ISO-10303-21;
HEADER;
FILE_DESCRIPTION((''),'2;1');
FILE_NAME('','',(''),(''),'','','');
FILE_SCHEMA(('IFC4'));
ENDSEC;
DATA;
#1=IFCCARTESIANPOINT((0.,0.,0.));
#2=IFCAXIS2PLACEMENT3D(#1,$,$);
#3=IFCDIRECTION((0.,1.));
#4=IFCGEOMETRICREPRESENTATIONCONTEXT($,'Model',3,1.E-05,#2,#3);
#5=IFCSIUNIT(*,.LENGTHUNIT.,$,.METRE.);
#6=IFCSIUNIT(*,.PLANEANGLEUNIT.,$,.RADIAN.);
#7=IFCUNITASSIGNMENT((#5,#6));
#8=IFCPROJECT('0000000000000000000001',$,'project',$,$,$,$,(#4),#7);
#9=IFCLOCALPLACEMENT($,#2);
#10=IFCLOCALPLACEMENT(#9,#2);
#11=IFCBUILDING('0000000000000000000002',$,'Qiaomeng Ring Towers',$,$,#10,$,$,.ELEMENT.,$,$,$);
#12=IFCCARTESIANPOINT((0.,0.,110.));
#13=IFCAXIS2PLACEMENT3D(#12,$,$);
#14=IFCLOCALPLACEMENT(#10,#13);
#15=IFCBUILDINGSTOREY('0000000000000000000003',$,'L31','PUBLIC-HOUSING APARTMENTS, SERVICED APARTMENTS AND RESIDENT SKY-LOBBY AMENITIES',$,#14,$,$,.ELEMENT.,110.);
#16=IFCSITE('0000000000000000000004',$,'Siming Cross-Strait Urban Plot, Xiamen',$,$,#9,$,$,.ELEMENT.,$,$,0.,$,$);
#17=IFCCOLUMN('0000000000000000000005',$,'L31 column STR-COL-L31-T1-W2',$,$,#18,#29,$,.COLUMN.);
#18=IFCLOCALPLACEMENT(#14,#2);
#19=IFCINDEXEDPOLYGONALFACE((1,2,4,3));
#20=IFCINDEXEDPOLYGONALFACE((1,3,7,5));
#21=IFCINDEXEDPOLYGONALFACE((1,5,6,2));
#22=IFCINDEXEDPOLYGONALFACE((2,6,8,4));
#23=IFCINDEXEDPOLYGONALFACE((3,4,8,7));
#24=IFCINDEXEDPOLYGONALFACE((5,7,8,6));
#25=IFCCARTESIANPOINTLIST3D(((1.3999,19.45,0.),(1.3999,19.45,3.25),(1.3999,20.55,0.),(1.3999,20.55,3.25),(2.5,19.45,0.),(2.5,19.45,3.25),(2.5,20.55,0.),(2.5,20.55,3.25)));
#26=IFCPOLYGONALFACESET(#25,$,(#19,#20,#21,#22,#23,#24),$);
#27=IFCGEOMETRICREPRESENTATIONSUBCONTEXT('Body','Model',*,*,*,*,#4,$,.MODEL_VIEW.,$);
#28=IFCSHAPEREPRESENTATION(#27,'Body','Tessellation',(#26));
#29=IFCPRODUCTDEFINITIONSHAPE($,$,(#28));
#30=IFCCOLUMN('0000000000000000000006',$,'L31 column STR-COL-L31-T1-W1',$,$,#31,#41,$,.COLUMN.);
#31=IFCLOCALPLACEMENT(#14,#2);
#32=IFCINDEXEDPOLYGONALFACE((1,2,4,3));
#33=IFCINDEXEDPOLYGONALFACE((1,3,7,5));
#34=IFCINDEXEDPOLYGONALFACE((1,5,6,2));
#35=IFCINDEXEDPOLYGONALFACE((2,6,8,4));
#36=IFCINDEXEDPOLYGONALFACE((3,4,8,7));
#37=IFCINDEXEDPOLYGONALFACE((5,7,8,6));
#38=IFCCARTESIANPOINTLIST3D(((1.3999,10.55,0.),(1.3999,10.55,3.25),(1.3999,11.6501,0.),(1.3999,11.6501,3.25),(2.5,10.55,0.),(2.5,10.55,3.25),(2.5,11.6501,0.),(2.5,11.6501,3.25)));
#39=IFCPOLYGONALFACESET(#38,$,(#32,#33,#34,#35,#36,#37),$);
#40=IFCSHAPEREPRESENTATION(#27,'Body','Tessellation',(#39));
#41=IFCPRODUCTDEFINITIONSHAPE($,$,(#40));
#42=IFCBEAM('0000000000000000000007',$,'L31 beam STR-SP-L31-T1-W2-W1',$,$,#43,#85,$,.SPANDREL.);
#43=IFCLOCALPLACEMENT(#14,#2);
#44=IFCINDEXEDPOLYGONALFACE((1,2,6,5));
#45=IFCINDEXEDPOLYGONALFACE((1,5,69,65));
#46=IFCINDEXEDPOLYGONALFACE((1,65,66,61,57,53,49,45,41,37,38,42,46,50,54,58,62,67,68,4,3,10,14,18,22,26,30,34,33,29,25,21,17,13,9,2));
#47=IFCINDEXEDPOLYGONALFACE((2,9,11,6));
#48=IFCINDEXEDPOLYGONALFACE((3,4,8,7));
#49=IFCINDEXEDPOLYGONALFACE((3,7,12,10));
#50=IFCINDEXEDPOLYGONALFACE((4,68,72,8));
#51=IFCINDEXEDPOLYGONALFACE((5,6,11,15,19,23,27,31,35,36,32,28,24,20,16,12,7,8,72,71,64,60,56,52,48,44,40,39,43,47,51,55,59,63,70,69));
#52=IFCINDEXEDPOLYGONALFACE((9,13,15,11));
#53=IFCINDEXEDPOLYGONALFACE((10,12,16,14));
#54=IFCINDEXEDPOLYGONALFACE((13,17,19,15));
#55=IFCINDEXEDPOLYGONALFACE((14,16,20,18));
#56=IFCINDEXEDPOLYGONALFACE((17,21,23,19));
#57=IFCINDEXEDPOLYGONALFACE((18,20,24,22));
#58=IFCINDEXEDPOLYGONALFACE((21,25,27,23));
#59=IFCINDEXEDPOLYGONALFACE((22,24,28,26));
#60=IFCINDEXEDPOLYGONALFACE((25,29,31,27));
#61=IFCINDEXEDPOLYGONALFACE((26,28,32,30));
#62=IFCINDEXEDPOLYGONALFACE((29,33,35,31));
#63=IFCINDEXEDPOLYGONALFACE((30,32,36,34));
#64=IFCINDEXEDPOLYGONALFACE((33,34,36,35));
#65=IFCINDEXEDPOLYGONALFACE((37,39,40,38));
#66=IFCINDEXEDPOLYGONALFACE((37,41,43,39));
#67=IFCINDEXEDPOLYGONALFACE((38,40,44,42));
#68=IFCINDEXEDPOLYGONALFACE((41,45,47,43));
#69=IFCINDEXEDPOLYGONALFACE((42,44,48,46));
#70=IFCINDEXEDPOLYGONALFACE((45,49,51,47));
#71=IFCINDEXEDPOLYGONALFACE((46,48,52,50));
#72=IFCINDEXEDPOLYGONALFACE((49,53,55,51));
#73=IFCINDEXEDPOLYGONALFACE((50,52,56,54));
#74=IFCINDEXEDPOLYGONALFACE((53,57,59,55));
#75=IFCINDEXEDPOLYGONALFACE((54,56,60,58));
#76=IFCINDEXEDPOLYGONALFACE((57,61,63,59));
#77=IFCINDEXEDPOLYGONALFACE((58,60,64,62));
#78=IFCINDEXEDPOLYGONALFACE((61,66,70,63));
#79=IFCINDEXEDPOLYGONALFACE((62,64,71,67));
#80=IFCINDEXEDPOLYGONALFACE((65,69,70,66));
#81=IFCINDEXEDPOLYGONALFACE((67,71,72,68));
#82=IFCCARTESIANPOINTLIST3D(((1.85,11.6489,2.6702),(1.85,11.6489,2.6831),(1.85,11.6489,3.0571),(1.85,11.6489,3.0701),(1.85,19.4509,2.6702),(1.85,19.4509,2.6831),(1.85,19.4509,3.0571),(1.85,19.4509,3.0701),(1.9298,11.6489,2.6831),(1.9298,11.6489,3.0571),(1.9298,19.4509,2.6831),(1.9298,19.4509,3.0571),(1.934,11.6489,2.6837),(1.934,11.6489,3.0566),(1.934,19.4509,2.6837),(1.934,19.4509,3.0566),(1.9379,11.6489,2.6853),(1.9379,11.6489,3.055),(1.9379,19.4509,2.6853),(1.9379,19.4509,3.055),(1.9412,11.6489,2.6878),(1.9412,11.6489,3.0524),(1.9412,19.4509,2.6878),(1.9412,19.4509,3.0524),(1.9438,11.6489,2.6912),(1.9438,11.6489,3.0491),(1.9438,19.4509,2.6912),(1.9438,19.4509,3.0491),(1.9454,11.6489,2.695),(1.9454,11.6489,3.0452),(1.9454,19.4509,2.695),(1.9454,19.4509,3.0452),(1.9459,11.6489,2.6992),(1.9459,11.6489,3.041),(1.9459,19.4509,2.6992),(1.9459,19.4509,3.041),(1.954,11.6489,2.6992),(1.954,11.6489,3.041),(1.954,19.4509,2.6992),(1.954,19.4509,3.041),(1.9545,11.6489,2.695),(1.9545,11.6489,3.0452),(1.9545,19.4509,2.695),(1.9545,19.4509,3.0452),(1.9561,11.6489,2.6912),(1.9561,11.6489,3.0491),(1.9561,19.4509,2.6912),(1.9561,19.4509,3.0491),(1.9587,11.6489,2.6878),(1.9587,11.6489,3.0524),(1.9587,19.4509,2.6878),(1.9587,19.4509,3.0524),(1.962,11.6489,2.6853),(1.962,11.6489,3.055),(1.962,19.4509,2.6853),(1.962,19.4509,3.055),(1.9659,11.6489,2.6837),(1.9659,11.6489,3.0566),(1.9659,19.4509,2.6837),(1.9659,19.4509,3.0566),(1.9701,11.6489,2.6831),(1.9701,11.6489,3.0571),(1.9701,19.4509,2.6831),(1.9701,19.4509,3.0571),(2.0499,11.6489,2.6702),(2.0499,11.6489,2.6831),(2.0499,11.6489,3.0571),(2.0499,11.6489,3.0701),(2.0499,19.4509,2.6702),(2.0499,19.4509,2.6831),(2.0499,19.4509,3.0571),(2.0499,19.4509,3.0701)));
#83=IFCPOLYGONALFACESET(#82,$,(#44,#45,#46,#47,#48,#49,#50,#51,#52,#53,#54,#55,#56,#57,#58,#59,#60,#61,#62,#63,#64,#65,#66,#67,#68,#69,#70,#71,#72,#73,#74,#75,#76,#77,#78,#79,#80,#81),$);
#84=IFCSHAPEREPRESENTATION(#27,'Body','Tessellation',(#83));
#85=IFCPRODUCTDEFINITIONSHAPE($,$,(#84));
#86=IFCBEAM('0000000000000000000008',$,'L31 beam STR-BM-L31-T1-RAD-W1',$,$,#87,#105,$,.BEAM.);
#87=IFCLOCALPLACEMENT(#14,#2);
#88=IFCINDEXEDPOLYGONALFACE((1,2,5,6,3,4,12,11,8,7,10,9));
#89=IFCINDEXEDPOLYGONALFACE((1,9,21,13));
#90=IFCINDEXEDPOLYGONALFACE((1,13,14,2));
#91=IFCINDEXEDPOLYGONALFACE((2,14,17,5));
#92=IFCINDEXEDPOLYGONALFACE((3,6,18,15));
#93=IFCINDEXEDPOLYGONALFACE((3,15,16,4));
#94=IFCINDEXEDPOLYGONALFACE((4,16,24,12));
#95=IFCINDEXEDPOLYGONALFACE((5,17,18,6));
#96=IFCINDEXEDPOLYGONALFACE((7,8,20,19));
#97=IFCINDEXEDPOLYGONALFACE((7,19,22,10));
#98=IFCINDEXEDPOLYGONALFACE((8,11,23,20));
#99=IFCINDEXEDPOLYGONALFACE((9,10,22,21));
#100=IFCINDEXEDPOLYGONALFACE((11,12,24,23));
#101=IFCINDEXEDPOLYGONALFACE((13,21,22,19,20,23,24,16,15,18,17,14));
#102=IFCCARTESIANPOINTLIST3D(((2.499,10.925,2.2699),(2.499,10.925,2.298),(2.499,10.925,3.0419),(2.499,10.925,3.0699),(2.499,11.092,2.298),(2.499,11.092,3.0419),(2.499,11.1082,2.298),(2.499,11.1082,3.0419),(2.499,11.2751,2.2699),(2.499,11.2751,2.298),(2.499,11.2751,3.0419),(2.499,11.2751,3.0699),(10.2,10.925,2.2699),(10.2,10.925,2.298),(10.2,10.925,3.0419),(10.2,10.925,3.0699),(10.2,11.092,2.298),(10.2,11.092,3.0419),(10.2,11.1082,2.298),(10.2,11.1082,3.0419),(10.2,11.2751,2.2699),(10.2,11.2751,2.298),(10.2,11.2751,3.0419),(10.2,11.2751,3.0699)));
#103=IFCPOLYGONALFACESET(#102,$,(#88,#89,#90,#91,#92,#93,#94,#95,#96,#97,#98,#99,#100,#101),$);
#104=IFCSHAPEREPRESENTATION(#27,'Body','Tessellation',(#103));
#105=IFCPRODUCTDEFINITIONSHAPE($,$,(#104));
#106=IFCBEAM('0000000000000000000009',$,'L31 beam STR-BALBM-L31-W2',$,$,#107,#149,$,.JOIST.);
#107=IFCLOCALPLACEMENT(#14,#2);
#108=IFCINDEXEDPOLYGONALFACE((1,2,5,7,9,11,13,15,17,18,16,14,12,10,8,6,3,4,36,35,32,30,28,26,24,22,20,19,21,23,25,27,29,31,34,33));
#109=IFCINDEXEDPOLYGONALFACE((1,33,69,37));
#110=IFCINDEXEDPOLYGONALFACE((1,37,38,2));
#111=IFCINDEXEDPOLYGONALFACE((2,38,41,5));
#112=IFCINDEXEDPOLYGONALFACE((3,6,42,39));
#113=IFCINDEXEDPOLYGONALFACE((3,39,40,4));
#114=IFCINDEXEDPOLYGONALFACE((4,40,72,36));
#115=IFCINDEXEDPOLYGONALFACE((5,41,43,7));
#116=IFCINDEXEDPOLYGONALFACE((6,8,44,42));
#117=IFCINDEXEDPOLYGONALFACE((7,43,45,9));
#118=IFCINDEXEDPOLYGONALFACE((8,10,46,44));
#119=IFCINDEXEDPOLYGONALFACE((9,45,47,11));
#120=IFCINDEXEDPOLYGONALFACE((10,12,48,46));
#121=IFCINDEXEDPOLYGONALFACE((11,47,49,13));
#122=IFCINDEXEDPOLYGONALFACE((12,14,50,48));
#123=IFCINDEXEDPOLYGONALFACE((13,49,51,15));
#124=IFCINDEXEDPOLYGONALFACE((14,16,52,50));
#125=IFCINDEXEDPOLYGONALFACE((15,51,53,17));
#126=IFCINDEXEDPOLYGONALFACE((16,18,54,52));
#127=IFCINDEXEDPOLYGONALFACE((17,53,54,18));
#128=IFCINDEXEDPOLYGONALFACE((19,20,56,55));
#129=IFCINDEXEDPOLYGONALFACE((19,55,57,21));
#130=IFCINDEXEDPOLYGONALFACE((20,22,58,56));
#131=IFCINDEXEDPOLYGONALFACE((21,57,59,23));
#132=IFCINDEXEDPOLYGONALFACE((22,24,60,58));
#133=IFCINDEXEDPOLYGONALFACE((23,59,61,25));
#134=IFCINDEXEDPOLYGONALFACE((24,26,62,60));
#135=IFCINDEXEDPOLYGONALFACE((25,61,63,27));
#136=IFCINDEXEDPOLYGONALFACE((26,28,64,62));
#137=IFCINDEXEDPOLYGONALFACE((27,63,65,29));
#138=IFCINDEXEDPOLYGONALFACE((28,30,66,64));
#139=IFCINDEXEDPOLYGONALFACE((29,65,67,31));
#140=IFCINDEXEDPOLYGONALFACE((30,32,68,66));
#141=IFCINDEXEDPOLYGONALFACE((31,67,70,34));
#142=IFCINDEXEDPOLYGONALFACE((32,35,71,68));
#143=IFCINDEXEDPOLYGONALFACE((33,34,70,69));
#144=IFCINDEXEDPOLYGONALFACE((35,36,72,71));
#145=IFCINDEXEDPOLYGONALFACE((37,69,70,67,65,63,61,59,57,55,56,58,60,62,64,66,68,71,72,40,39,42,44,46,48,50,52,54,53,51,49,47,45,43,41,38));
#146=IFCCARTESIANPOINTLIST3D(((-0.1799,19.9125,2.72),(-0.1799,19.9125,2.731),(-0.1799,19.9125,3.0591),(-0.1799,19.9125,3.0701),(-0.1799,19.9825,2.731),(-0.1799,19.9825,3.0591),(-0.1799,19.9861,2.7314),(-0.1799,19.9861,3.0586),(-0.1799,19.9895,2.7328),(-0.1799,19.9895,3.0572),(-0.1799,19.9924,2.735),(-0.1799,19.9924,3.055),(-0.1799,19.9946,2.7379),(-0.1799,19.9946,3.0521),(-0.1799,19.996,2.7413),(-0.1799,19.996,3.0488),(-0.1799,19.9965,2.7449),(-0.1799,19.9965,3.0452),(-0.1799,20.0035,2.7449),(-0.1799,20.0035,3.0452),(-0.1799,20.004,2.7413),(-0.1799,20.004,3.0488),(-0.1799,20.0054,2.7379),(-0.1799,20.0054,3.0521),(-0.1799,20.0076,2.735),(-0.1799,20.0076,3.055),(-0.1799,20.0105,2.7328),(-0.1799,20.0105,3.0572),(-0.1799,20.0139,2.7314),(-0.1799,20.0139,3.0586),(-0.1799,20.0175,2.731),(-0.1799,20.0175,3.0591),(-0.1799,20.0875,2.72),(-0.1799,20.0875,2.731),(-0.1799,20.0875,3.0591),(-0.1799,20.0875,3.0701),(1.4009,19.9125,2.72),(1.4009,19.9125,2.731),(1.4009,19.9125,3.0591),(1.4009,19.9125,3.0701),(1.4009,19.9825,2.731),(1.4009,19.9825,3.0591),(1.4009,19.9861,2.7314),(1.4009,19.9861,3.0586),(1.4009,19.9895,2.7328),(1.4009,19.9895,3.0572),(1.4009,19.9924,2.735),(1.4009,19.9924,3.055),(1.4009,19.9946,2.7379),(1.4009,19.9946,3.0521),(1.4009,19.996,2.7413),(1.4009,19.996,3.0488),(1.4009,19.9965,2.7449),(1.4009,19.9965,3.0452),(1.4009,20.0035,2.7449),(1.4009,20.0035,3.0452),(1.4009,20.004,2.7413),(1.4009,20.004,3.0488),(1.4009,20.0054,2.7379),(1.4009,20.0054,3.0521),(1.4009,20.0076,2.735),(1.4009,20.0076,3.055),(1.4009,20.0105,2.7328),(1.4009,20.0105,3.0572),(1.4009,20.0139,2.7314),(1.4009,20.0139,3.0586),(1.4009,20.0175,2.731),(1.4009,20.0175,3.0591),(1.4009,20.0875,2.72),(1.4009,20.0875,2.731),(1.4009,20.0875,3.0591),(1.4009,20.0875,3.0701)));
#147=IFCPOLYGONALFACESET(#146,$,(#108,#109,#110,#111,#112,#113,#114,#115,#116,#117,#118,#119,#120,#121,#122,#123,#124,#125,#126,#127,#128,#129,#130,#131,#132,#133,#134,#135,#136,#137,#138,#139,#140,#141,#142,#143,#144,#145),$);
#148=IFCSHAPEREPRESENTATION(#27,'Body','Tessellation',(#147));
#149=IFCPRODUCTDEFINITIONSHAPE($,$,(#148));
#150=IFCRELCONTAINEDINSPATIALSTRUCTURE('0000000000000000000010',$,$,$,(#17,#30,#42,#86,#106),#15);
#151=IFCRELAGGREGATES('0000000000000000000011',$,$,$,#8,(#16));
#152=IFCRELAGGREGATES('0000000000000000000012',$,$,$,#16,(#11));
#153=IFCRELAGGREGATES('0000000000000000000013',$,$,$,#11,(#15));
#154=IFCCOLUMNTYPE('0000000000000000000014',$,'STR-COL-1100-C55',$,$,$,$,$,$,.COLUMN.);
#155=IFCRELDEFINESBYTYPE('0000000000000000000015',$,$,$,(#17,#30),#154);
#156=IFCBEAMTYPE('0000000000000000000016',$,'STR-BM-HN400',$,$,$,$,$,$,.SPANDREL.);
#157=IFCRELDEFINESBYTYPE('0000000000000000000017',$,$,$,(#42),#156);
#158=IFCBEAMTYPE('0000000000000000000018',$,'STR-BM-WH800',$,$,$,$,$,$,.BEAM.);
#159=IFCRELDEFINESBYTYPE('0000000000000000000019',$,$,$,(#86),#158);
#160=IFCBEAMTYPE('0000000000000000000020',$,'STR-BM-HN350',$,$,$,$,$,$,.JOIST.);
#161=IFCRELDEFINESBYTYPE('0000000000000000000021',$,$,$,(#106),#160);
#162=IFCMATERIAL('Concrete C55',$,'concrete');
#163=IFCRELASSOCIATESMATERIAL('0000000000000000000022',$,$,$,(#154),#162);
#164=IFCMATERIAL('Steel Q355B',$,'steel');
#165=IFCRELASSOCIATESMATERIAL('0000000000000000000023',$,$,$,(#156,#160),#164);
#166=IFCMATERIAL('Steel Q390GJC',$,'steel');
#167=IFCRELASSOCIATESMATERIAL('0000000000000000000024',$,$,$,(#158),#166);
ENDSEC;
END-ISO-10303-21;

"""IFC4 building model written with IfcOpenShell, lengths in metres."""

from ifc_helpers import new_model, si_unit, direction, frame, origin, origin_2d, place, context, subcontext, project, spatial, rectangle, i_section, extrude, source, transform, mapped, material, material_profile, profile_set, type_object, element, save


model = new_model("IFC4")

# Units and contexts
model_context = context("Model", 3, precision=1e-05, world=origin(), true_north=direction((0.0, 1.0)))
body_context = subcontext(model_context, "Body", "Model", "MODEL_VIEW")
ifc_project = project(units=[si_unit("LENGTHUNIT", "METRE"), si_unit("PLANEANGLEUNIT", "RADIAN")], contexts=[model_context])

# Site, building, storey
site_placement = place(None, origin())
site = spatial("IfcSite", under=ifc_project, at=site_placement, Name="Siming Cross-Strait Urban Plot, Xiamen", CompositionType="ELEMENT", RefElevation=0.0)
building_placement = place(site_placement, origin())
building = spatial("IfcBuilding", under=site, at=building_placement, Name="Qiaomeng Ring Towers", CompositionType="ELEMENT")
storey_placement = place(building_placement, frame((0.0, 0.0, 110.0)))
storey = spatial("IfcBuildingStorey", under=building, at=storey_placement, Name="L31", Description="PUBLIC-HOUSING APARTMENTS, SERVICED APARTMENTS AND RESIDENT SKY-LOBBY AMENITIES", CompositionType="ELEMENT", Elevation=110.0)

# Columns
ifc_material_1 = material(Name="Concrete C55", Category="concrete")
ifc_material_profile_1 = material_profile(ifc_material_1, rectangle(XDim=1.1001, YDim=1.1001, at=origin_2d()), Name="RC COL 1100x1100")
ifc_profile_set_1 = profile_set([ifc_material_profile_1], Name="Concrete C55")
column_type = type_object("IfcColumnType", Name="STR-COL-1100-C55", PredefinedType="COLUMN", material=ifc_profile_set_1)
shared_shape_1 = source(origin(), body_context, "Body", "SweptSolid", [
    extrude(rectangle(XDim=1.1001, YDim=1.1001, at=origin_2d()), origin(), (0.0, 0.0, 1.0), 3.25),
])
for number, where, z_axis, x_axis, name in (
    (1, (1.95, 20.0, 0.0), (0.0, 0.0, 1.0), (1.0, 0.0, 0.0), "L31 column STR-COL-L31-T1-W2"),
    (2, (1.95, 11.1001, 0.0), (0.0, 0.0, 1.0), (1.0, 0.0, 0.0), "L31 column STR-COL-L31-T1-W1"),
):
    element("IfcColumn", number, at=place(storey_placement, frame(where, z_axis=z_axis, x_axis=x_axis)), inside=storey, type_object=column_type, Name=name, PredefinedType="COLUMN", context=body_context, shape_type="MappedRepresentation", body=[
        mapped(shared_shape_1, transform((0.0, 0.0, 0.0), x_axis=(1.0, 0.0, 0.0), y_axis=(0.0, 1.0, 0.0), z_axis=(0.0, 0.0, 1.0), scale=1.0)),
    ])

# Beams
ifc_material_2 = material(Name="Steel Q355B", Category="steel")
ifc_material_profile_2 = material_profile(ifc_material_2, i_section(OverallWidth=0.2, OverallDepth=0.3999, WebThickness=0.0081, FlangeThickness=0.0129, FilletRadius=0.0161, at=origin_2d()), Name="HN 400x200x8x13")
ifc_profile_set_2 = profile_set([ifc_material_profile_2], Name="Steel Q355B")
beam_type_1 = type_object("IfcBeamType", Name="STR-BM-HN400", PredefinedType="SPANDREL", material=ifc_profile_set_2)
shared_shape_2 = source(origin(), body_context, "Body", "SweptSolid", [
    extrude(i_section(OverallWidth=0.2, OverallDepth=0.3999, WebThickness=0.0081, FlangeThickness=0.0129, FilletRadius=0.0161, at=origin_2d()), origin(), (0.0, 0.0, 1.0), 7.802),
])
beam_1_placement = place(storey_placement, frame((1.95, 19.4509, 2.8701), z_axis=(0.0, -1.0, 0.0), x_axis=(1.0, 0.0, 0.0)))
element("IfcBeam", 3, at=beam_1_placement, inside=storey, type_object=beam_type_1, Name="L31 beam STR-SP-L31-T1-W2-W1", PredefinedType="SPANDREL", context=body_context, shape_type="MappedRepresentation", body=[
    mapped(shared_shape_2, transform((0.0, 0.0, 0.0), x_axis=(1.0, 0.0, 0.0), y_axis=(0.0, 1.0, 0.0), z_axis=(0.0, 0.0, 1.0), scale=1.0)),
])
ifc_material_3 = material(Name="Steel Q390GJC", Category="steel")
ifc_material_profile_3 = material_profile(ifc_material_3, i_section(OverallWidth=0.3501, OverallDepth=0.8, WebThickness=0.0161, FlangeThickness=0.0281, at=origin_2d()), Name="WH 800x350x16x28")
ifc_profile_set_3 = profile_set([ifc_material_profile_3], Name="Steel Q390GJC")
beam_type_2 = type_object("IfcBeamType", Name="STR-BM-WH800", PredefinedType="BEAM", material=ifc_profile_set_3)
shared_shape_3 = source(origin(), body_context, "Body", "SweptSolid", [
    extrude(i_section(OverallWidth=0.3501, OverallDepth=0.8, WebThickness=0.0161, FlangeThickness=0.0281, at=origin_2d()), origin(), (0.0, 0.0, 1.0), 7.7009),
])
beam_2_placement = place(storey_placement, frame((2.499, 11.1001, 2.6699), z_axis=(1.0, 0.0, 0.0), x_axis=(0.0, 1.0, 0.0)))
element("IfcBeam", 4, at=beam_2_placement, inside=storey, type_object=beam_type_2, Name="L31 beam STR-BM-L31-T1-RAD-W1", PredefinedType="BEAM", context=body_context, shape_type="MappedRepresentation", body=[
    mapped(shared_shape_3, transform((0.0, 0.0, 0.0), x_axis=(1.0, 0.0, 0.0), y_axis=(0.0, 1.0, 0.0), z_axis=(0.0, 0.0, 1.0), scale=1.0)),
])
ifc_material_profile_4 = material_profile(ifc_material_2, i_section(OverallWidth=0.175, OverallDepth=0.3501, WebThickness=0.0071, FlangeThickness=0.011, FilletRadius=0.0139, at=origin_2d()), Name="HN 350x175x7x11")
ifc_profile_set_4 = profile_set([ifc_material_profile_4], Name="Steel Q355B")
beam_type_3 = type_object("IfcBeamType", Name="STR-BM-HN350", PredefinedType="JOIST", material=ifc_profile_set_4)
shared_shape_4 = source(origin(), body_context, "Body", "SweptSolid", [
    extrude(i_section(OverallWidth=0.175, OverallDepth=0.3501, WebThickness=0.0071, FlangeThickness=0.011, FilletRadius=0.0139, at=origin_2d()), origin(), (0.0, 0.0, 1.0), 1.5808),
])
beam_3_placement = place(storey_placement, frame((-0.1799, 20.0, 2.895), z_axis=(1.0, 0.0, 0.0), x_axis=(0.0, 1.0, 0.0)))
element("IfcBeam", 5, at=beam_3_placement, inside=storey, type_object=beam_type_3, Name="L31 beam STR-BALBM-L31-W2", PredefinedType="JOIST", context=body_context, shape_type="MappedRepresentation", body=[
    mapped(shared_shape_4, transform((0.0, 0.0, 0.0), x_axis=(1.0, 0.0, 0.0), y_axis=(0.0, 1.0, 0.0), z_axis=(0.0, 0.0, 1.0), scale=1.0)),
])

save(model, "model.ifc")
